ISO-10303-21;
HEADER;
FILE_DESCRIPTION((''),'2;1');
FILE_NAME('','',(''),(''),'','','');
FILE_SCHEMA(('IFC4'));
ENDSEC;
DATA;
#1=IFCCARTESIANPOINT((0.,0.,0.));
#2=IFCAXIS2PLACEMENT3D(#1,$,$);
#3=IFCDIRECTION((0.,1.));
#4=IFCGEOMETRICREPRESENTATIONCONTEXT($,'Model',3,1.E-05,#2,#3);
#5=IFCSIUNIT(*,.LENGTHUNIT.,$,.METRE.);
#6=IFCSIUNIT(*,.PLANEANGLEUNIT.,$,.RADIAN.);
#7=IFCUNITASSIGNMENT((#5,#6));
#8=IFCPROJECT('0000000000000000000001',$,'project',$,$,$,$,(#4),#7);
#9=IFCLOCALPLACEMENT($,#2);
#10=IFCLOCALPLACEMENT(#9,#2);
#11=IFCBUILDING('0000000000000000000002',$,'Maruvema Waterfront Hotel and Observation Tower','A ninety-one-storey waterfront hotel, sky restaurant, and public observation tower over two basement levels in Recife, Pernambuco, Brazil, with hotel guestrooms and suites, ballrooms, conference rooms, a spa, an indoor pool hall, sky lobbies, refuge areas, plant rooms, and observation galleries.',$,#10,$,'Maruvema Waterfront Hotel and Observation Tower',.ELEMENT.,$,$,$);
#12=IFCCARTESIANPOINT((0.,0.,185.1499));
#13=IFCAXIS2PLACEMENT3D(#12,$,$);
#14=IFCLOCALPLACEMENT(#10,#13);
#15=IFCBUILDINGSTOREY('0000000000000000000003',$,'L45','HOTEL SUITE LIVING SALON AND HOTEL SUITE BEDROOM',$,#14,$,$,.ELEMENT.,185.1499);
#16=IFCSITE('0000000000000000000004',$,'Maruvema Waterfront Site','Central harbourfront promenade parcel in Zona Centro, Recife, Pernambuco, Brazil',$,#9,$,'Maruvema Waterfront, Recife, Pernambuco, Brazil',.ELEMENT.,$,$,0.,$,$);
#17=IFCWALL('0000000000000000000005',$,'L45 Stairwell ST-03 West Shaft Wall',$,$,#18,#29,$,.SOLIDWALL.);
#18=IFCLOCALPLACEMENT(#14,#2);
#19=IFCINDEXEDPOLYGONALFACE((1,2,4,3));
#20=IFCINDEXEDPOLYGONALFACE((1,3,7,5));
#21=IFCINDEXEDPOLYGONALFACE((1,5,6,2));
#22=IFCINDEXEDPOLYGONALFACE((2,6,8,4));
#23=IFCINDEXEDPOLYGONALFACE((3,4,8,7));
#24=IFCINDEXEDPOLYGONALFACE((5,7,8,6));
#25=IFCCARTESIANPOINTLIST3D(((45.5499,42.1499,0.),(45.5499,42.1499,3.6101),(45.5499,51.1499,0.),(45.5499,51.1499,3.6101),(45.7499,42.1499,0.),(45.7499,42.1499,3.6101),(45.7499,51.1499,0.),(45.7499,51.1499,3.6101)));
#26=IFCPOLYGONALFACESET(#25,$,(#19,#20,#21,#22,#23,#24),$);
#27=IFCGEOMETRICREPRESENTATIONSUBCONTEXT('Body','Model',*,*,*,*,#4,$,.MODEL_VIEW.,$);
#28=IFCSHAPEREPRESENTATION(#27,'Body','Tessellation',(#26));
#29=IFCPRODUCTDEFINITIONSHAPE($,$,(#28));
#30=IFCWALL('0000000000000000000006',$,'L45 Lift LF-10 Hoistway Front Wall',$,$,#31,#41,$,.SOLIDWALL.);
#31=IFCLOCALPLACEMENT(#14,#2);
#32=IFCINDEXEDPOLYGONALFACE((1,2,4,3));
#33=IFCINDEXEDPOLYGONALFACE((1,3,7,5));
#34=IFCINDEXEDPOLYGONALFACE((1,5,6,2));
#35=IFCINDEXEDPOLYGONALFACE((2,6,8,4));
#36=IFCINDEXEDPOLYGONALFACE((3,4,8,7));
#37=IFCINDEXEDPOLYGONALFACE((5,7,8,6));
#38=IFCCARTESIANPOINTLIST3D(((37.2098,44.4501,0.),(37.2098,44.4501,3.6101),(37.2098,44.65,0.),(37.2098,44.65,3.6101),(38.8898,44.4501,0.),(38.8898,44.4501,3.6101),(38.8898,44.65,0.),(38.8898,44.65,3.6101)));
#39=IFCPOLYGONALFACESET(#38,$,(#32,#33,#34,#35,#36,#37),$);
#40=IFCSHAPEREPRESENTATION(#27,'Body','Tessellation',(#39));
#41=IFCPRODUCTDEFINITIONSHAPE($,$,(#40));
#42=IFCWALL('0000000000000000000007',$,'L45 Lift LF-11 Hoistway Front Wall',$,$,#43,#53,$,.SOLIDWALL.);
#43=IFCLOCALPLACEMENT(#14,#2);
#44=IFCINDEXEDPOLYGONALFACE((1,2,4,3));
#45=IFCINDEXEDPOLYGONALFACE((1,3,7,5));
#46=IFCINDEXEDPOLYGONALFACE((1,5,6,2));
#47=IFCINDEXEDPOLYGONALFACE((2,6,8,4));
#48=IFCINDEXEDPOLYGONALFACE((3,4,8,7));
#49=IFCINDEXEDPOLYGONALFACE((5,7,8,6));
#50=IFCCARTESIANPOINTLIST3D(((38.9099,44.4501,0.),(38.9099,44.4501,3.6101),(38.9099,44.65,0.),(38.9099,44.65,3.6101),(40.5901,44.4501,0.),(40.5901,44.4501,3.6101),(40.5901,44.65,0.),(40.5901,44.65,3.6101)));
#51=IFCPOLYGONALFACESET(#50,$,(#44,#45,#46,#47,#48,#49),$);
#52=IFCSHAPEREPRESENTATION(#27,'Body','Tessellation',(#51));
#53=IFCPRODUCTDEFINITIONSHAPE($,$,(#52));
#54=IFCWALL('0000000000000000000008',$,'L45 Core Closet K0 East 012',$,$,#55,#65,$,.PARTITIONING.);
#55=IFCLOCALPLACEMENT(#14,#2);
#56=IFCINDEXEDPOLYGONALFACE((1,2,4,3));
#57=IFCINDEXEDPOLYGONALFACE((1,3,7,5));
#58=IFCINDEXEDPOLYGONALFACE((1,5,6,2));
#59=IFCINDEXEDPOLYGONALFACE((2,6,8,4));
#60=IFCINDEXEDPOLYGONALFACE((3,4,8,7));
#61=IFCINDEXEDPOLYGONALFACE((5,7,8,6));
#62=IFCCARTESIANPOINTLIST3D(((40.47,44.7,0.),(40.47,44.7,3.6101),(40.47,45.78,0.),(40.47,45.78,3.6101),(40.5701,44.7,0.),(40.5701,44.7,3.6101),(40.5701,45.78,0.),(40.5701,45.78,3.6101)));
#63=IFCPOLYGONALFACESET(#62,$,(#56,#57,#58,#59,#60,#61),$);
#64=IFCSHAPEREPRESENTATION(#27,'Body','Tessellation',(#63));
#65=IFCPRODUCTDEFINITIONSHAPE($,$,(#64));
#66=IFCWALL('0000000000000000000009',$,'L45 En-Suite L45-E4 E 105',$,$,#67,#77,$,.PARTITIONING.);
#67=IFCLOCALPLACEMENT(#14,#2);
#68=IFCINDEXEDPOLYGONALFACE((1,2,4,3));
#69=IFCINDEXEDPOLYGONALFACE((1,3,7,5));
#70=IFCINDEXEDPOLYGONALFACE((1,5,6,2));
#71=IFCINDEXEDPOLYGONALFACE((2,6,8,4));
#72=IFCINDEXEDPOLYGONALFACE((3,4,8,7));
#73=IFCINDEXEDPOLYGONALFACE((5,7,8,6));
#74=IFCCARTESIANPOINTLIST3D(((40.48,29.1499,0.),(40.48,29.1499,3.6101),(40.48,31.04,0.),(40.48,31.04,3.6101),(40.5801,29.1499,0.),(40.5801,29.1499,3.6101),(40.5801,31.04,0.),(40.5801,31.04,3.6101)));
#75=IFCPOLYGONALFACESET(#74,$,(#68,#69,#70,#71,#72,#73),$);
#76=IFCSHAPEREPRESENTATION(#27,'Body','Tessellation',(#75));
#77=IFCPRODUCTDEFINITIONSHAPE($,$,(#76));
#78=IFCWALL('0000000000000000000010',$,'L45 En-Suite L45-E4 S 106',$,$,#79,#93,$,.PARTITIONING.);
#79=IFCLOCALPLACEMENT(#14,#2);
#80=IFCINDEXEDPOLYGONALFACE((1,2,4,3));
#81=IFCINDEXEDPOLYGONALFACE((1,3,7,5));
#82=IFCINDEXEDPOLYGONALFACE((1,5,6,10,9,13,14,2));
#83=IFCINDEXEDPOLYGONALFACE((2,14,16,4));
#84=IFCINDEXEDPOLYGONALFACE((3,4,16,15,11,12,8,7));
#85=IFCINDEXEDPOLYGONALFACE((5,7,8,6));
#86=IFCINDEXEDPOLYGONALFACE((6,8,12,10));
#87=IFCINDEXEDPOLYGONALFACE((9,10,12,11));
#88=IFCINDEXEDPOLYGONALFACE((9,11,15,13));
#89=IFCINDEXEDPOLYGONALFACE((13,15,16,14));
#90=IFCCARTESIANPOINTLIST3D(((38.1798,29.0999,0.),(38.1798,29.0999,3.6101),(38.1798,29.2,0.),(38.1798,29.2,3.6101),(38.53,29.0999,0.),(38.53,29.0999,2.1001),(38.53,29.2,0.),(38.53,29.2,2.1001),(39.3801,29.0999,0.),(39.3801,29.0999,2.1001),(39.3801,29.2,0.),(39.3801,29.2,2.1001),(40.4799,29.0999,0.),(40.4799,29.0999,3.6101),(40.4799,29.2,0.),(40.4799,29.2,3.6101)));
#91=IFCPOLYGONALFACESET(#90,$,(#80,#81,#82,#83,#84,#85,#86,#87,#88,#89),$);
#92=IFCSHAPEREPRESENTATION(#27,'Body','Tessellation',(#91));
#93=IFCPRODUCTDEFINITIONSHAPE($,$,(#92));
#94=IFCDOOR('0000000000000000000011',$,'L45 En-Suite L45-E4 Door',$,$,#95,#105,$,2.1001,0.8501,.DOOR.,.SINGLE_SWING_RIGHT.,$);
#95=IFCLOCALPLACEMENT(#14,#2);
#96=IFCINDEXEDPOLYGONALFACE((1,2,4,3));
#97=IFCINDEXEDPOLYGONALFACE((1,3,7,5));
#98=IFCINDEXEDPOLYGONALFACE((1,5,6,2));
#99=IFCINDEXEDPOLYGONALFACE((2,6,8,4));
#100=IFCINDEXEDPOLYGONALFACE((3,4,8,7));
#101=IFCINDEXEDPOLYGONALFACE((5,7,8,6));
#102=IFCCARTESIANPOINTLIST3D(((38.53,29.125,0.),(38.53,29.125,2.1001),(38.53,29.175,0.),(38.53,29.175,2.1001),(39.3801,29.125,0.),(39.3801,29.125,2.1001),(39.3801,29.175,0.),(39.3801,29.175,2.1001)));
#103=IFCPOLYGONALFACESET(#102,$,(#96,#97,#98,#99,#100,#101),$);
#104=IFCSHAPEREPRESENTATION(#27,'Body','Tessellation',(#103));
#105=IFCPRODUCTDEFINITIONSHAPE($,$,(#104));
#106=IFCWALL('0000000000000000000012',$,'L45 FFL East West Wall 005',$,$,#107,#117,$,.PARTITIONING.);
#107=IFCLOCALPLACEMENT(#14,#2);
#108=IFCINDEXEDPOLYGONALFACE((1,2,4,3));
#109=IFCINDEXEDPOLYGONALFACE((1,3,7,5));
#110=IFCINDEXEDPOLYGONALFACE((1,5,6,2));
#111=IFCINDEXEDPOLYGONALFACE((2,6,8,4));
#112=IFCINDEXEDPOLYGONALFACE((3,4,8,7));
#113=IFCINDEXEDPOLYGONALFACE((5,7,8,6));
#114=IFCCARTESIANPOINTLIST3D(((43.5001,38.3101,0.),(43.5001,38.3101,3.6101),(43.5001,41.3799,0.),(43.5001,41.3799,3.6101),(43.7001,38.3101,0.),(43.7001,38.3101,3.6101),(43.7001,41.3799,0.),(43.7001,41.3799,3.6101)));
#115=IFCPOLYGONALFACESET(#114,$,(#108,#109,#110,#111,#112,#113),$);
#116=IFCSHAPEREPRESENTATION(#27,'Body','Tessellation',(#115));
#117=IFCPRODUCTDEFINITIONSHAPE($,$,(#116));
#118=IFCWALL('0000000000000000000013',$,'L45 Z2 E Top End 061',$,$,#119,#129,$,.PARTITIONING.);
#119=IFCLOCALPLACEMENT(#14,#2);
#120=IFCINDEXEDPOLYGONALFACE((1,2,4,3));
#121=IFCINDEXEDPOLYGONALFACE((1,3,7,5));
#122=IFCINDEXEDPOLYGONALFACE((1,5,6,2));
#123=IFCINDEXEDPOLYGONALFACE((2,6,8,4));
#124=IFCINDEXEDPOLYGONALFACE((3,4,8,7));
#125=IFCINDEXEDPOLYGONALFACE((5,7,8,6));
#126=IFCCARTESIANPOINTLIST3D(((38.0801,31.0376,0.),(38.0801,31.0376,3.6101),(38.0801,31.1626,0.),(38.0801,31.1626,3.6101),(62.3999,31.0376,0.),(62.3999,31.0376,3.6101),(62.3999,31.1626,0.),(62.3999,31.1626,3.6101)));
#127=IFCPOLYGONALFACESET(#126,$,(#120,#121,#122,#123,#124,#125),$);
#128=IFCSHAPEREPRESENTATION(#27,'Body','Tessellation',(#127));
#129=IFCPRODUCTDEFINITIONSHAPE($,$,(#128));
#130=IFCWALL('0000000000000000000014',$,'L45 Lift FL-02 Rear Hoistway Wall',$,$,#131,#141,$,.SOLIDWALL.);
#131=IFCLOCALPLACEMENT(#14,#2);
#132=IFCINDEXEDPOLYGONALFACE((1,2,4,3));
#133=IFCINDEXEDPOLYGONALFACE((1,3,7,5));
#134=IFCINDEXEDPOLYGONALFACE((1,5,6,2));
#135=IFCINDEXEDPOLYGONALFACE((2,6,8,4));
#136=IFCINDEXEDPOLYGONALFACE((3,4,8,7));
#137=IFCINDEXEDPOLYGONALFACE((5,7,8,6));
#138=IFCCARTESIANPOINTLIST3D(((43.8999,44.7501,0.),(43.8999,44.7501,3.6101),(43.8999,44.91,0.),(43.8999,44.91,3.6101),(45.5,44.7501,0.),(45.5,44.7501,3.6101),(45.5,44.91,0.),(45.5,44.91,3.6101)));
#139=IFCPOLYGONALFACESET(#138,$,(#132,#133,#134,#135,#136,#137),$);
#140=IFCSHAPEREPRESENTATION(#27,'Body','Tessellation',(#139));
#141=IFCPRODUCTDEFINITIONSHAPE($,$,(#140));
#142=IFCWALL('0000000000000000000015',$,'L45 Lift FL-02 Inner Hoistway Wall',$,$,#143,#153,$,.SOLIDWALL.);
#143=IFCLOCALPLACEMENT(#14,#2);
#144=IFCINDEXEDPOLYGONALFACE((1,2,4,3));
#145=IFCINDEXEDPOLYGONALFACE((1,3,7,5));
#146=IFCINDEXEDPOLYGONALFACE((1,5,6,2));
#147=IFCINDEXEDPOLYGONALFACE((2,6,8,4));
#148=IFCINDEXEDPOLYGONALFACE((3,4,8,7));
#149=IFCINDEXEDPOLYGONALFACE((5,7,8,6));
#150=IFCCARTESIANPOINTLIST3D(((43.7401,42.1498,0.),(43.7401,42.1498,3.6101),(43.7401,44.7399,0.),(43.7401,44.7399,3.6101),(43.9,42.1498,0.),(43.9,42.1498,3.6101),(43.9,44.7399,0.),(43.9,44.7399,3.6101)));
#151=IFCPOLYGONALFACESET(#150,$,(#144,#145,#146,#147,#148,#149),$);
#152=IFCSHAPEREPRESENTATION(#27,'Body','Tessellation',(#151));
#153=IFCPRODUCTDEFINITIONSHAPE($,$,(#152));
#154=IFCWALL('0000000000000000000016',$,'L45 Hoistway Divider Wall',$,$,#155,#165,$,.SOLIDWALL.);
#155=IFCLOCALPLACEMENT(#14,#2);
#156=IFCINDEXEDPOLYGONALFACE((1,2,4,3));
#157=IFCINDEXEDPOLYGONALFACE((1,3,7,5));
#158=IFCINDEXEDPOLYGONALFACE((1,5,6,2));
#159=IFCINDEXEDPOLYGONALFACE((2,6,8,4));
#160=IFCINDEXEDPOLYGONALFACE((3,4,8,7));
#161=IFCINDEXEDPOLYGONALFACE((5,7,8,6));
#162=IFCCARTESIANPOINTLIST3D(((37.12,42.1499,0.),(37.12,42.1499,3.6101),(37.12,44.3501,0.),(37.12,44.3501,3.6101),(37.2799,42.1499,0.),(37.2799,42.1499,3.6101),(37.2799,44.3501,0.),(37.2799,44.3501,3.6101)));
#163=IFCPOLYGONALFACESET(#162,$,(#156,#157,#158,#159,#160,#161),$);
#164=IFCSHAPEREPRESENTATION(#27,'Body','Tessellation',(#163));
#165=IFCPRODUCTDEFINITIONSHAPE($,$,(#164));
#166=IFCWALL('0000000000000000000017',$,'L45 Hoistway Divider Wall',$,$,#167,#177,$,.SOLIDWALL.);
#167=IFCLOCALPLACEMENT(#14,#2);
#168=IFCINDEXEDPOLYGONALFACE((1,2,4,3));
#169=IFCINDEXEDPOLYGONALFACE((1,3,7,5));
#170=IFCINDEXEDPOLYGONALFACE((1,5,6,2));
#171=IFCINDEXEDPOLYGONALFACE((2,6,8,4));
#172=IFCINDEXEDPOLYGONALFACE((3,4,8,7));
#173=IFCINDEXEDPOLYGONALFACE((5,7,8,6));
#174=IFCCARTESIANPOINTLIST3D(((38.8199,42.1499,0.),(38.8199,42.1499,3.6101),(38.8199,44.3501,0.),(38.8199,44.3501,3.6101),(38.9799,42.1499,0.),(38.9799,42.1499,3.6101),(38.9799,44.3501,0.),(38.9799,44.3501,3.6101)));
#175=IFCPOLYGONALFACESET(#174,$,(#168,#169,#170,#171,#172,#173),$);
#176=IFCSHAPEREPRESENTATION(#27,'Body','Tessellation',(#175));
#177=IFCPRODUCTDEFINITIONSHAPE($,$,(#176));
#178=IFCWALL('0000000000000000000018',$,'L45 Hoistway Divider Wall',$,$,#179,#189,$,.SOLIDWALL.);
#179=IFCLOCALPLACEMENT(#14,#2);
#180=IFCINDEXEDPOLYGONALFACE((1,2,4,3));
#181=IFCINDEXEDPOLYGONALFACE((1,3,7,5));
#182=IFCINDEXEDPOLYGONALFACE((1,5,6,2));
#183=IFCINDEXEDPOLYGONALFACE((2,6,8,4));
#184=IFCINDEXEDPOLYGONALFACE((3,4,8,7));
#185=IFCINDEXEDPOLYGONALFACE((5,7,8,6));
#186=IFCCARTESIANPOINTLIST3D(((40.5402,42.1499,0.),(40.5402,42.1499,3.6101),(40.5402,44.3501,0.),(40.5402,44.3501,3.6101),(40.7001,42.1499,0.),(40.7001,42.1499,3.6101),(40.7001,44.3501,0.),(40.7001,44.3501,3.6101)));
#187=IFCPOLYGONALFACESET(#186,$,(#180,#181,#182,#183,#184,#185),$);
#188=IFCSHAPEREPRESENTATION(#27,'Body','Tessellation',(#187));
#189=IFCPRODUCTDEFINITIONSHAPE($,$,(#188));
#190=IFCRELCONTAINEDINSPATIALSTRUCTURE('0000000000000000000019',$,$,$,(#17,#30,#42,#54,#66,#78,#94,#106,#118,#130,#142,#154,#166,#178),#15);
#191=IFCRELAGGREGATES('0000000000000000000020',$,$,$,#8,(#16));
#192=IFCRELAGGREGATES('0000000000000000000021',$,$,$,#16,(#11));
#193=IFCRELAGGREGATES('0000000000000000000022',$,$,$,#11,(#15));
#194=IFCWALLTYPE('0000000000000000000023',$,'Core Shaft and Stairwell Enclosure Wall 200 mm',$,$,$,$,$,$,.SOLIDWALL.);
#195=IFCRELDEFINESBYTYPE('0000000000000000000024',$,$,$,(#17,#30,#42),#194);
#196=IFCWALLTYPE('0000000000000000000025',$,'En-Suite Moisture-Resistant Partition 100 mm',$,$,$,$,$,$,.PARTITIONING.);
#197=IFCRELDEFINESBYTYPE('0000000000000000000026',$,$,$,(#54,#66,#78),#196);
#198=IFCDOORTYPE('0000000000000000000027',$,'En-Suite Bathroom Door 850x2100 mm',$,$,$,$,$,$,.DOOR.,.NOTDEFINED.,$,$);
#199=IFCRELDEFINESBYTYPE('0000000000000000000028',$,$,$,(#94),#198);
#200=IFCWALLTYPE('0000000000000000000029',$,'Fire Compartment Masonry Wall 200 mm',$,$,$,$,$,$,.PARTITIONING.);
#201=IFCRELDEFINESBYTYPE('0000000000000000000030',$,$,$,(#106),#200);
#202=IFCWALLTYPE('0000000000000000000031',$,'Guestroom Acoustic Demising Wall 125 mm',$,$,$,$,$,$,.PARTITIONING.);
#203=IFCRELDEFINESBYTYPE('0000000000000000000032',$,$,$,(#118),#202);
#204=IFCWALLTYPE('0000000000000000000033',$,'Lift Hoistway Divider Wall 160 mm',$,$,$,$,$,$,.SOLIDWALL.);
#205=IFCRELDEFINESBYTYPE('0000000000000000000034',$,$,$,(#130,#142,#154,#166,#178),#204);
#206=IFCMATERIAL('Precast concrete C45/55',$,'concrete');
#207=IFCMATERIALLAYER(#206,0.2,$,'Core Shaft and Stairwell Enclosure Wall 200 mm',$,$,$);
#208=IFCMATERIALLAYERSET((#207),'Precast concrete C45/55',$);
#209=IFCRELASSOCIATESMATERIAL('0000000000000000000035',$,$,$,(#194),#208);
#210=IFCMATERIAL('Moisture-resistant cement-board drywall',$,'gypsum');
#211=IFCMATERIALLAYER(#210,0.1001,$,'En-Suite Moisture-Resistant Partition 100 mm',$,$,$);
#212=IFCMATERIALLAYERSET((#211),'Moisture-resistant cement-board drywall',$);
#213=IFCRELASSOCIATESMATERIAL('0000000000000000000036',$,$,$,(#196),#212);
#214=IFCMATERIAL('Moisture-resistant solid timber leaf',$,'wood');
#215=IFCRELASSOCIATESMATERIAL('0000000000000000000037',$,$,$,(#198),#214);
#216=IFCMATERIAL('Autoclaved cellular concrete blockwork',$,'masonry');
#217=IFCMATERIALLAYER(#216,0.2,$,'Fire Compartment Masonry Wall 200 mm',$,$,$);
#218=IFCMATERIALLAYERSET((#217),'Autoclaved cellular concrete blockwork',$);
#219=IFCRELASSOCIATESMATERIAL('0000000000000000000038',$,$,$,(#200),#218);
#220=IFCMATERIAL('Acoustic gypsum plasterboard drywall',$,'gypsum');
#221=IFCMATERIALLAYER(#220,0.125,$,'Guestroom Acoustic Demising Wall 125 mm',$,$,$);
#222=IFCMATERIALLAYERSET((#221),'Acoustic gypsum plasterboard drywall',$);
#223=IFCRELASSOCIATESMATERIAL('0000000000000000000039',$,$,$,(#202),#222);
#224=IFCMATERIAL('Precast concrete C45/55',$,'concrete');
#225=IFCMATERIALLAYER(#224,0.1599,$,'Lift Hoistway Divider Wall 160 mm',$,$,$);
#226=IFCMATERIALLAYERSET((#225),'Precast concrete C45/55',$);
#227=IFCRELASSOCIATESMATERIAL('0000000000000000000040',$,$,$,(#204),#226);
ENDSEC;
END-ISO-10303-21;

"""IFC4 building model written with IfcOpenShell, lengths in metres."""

from ifc_helpers import new_model, si_unit, direction, frame, frame_2d, origin, place, context, subcontext, project, spatial, rectangle, extrude, material, layer, layer_set, type_object, element, fill, save


model = new_model("IFC4")

# Units and contexts
model_context = context("Model", 3, precision=1e-05, world=origin(), true_north=direction((0.0, 1.0)))
body_context = subcontext(model_context, "Body", "Model", "MODEL_VIEW")
ifc_project = project(units=[si_unit("LENGTHUNIT", "METRE"), si_unit("PLANEANGLEUNIT", "RADIAN")], contexts=[model_context])

# Site, building, storey
site_placement = place(None, origin())
site = spatial("IfcSite", under=ifc_project, at=site_placement, Name="Maruvema Waterfront Site", Description="Central harbourfront promenade parcel in Zona Centro, Recife, Pernambuco, Brazil", LongName="Maruvema Waterfront, Recife, Pernambuco, Brazil", CompositionType="ELEMENT", RefElevation=0.0)
building_placement = place(site_placement, origin())
building = spatial("IfcBuilding", under=site, at=building_placement, Name="Maruvema Waterfront Hotel and Observation Tower", Description="A ninety-one-storey waterfront hotel, sky restaurant, and public observation tower over two basement levels in Recife, Pernambuco, Brazil, with hotel guestrooms and suites, ballrooms, conference rooms, a spa, an indoor pool hall, sky lobbies, refuge areas, plant rooms, and observation galleries.", LongName="Maruvema Waterfront Hotel and Observation Tower", CompositionType="ELEMENT")
storey_placement = place(building_placement, frame((0.0, 0.0, 185.1499)))
storey = spatial("IfcBuildingStorey", under=building, at=storey_placement, Name="L45", Description="HOTEL SUITE LIVING SALON AND HOTEL SUITE BEDROOM", CompositionType="ELEMENT", Elevation=185.1499)

# Walls
ifc_material_1 = material(Name="Precast concrete C45/55", Category="concrete")
ifc_layer_1 = layer(ifc_material_1, 0.2, Name="Core Shaft and Stairwell Enclosure Wall 200 mm")
ifc_layer_set_1 = layer_set([ifc_layer_1], Name="Precast concrete C45/55")
wall_type_1 = type_object("IfcWallType", Name="Core Shaft and Stairwell Enclosure Wall 200 mm", PredefinedType="SOLIDWALL", material=ifc_layer_set_1)
wall_1_placement = place(storey_placement, frame((45.6499, 42.1499, 0.0), z_axis=(0.0, 0.0, 1.0), x_axis=(0.0, 1.0, 0.0)))
element("IfcWall", 1, at=wall_1_placement, inside=storey, type_object=wall_type_1, Name="L45 Stairwell ST-03 West Shaft Wall", PredefinedType="SOLIDWALL", context=body_context, shape_type="SweptSolid", body=[
    extrude(rectangle(XDim=9.0, YDim=0.2, at=frame_2d((4.5, 0.0))), origin(), (0.0, 0.0, 1.0), 3.6101),
])
wall_2_placement = place(storey_placement, frame((37.21, 44.55, 0.0), z_axis=(0.0, 0.0, 1.0), x_axis=(1.0, 0.0, 0.0)))
element("IfcWall", 2, at=wall_2_placement, inside=storey, type_object=wall_type_1, Name="L45 Lift LF-10 Hoistway Front Wall", PredefinedType="SOLIDWALL", context=body_context, shape_type="SweptSolid", body=[
    extrude(rectangle(XDim=1.6799, YDim=0.2, at=frame_2d((0.8398, 0.0))), origin(), (0.0, 0.0, 1.0), 3.6101),
])
wall_3_placement = place(storey_placement, frame((38.9099, 44.55, 0.0), z_axis=(0.0, 0.0, 1.0), x_axis=(1.0, 0.0, 0.0)))
element("IfcWall", 3, at=wall_3_placement, inside=storey, type_object=wall_type_1, Name="L45 Lift LF-11 Hoistway Front Wall", PredefinedType="SOLIDWALL", context=body_context, shape_type="SweptSolid", body=[
    extrude(rectangle(XDim=1.6802, YDim=0.2, at=frame_2d((0.8401, 0.0))), origin(), (0.0, 0.0, 1.0), 3.6101),
])

# Walls
ifc_material_2 = material(Name="Moisture-resistant cement-board drywall", Category="gypsum")
ifc_layer_2 = layer(ifc_material_2, 0.1001, Name="En-Suite Moisture-Resistant Partition 100 mm")
ifc_layer_set_2 = layer_set([ifc_layer_2], Name="Moisture-resistant cement-board drywall")
wall_type_2 = type_object("IfcWallType", Name="En-Suite Moisture-Resistant Partition 100 mm", PredefinedType="PARTITIONING", material=ifc_layer_set_2)
wall_4_placement = place(storey_placement, frame((40.52, 44.7, 0.0), z_axis=(0.0, 0.0, 1.0), x_axis=(0.0, 1.0, 0.0)))
element("IfcWall", 4, at=wall_4_placement, inside=storey, type_object=wall_type_2, Name="L45 Core Closet K0 East 012", PredefinedType="PARTITIONING", context=body_context, shape_type="SweptSolid", body=[
    extrude(rectangle(XDim=1.0801, YDim=0.1001, at=frame_2d((0.54, 0.0))), origin(), (0.0, 0.0, 1.0), 3.6101),
])
wall_5_placement = place(storey_placement, frame((40.53, 29.1499, 0.0), z_axis=(0.0, 0.0, 1.0), x_axis=(0.0, 1.0, 0.0)))
element("IfcWall", 5, at=wall_5_placement, inside=storey, type_object=wall_type_2, Name="L45 En-Suite L45-E4 E 105", PredefinedType="PARTITIONING", context=body_context, shape_type="SweptSolid", body=[
    extrude(rectangle(XDim=1.8901, YDim=0.1001, at=frame_2d((0.9451, 0.0))), origin(), (0.0, 0.0, 1.0), 3.6101),
])

# Wall, opening, door
wall_6_placement = place(storey_placement, frame((38.1799, 29.1499, 0.0), z_axis=(0.0, 0.0, 1.0), x_axis=(1.0, 0.0, 0.0)))
wall_6 = element("IfcWall", 6, at=wall_6_placement, inside=storey, type_object=wall_type_2, Name="L45 En-Suite L45-E4 S 106", PredefinedType="PARTITIONING", context=body_context, shape_type="SweptSolid", body=[
    extrude(rectangle(XDim=2.3, YDim=0.1001, at=frame_2d((1.1499, 0.0))), origin(), (0.0, 0.0, 1.0), 3.6101),
])
opening_1_placement = place(wall_6_placement, frame((0.3501, 0.0, 0.0)))
opening_1 = element("IfcOpeningElement", 7, at=opening_1_placement, cuts=wall_6, PredefinedType="OPENING", context=body_context, shape_type="SweptSolid", body=[
    extrude(rectangle(XDim=0.8501, YDim=2.1001, at=frame_2d((0.425, 1.05))), frame((0.0, 0.0601, 0.0), z_axis=(0.0, -1.0, 0.0), x_axis=(1.0, 0.0, 0.0)), (0.0, 0.0, 1.0), 0.1201),
])
ifc_material_3 = material(Name="Moisture-resistant solid timber leaf", Category="wood")
door_type_1 = type_object("IfcDoorType", Name="En-Suite Bathroom Door 850x2100 mm", OperationType="NOTDEFINED", PredefinedType="DOOR", material=ifc_material_3)
door_1_placement = place(opening_1_placement, frame((0.8501, 0.0, 0.0), z_axis=(0.0, 0.0, 1.0), x_axis=(-1.0, 0.0, 0.0)))
door_1 = element("IfcDoor", 8, at=door_1_placement, inside=storey, type_object=door_type_1, Name="L45 En-Suite L45-E4 Door", OperationType="SINGLE_SWING_RIGHT", OverallHeight=2.1001, OverallWidth=0.8501, PredefinedType="DOOR", context=body_context, shape_type="SweptSolid", body=[
    extrude(rectangle(XDim=0.8501, YDim=2.1001, at=frame_2d((0.425, 1.05))), frame((0.0, 0.0249, 0.0), z_axis=(0.0, -1.0, 0.0), x_axis=(1.0, 0.0, 0.0)), (0.0, 0.0, 1.0), 0.05),
])
fill(opening_1, door_1)
ifc_material_4 = material(Name="Autoclaved cellular concrete blockwork", Category="masonry")
ifc_layer_3 = layer(ifc_material_4, 0.2, Name="Fire Compartment Masonry Wall 200 mm")
ifc_layer_set_3 = layer_set([ifc_layer_3], Name="Autoclaved cellular concrete blockwork")
wall_type_3 = type_object("IfcWallType", Name="Fire Compartment Masonry Wall 200 mm", PredefinedType="PARTITIONING", material=ifc_layer_set_3)

# Walls
wall_7_placement = place(storey_placement, frame((43.6001, 38.3101, 0.0), z_axis=(0.0, 0.0, 1.0), x_axis=(0.0, 1.0, 0.0)))
element("IfcWall", 9, at=wall_7_placement, inside=storey, type_object=wall_type_3, Name="L45 FFL East West Wall 005", PredefinedType="PARTITIONING", context=body_context, shape_type="SweptSolid", body=[
    extrude(rectangle(XDim=3.0698, YDim=0.2, at=frame_2d((1.5349, 0.0))), origin(), (0.0, 0.0, 1.0), 3.6101),
])
ifc_material_5 = material(Name="Acoustic gypsum plasterboard drywall", Category="gypsum")
ifc_layer_4 = layer(ifc_material_5, 0.125, Name="Guestroom Acoustic Demising Wall 125 mm")
ifc_layer_set_4 = layer_set([ifc_layer_4], Name="Acoustic gypsum plasterboard drywall")
wall_type_4 = type_object("IfcWallType", Name="Guestroom Acoustic Demising Wall 125 mm", PredefinedType="PARTITIONING", material=ifc_layer_set_4)
wall_8_placement = place(storey_placement, frame((38.0801, 31.1001, 0.0), z_axis=(0.0, 0.0, 1.0), x_axis=(1.0, 0.0, 0.0)))
element("IfcWall", 10, at=wall_8_placement, inside=storey, type_object=wall_type_4, Name="L45 Z2 E Top End 061", PredefinedType="PARTITIONING", context=body_context, shape_type="SweptSolid", body=[
    extrude(rectangle(XDim=24.3198, YDim=0.125, at=frame_2d((12.1599, 0.0))), origin(), (0.0, 0.0, 1.0), 3.6101),
])
ifc_material_6 = material(Name="Precast concrete C45/55", Category="concrete")
ifc_layer_5 = layer(ifc_material_6, 0.1599, Name="Lift Hoistway Divider Wall 160 mm")
ifc_layer_set_5 = layer_set([ifc_layer_5], Name="Precast concrete C45/55")
wall_type_5 = type_object("IfcWallType", Name="Lift Hoistway Divider Wall 160 mm", PredefinedType="SOLIDWALL", material=ifc_layer_set_5)
wall_9_placement = place(storey_placement, frame((43.8999, 44.8301, 0.0), z_axis=(0.0, 0.0, 1.0), x_axis=(1.0, 0.0, 0.0)))
element("IfcWall", 11, at=wall_9_placement, inside=storey, type_object=wall_type_5, Name="L45 Lift FL-02 Rear Hoistway Wall", PredefinedType="SOLIDWALL", context=body_context, shape_type="SweptSolid", body=[
    extrude(rectangle(XDim=1.6001, YDim=0.1599, at=frame_2d((0.8, 0.0))), origin(), (0.0, 0.0, 1.0), 3.6101),
])
wall_10_placement = place(storey_placement, frame((43.8201, 42.1499, 0.0), z_axis=(0.0, 0.0, 1.0), x_axis=(0.0, 1.0, 0.0)))
element("IfcWall", 12, at=wall_10_placement, inside=storey, type_object=wall_type_5, Name="L45 Lift FL-02 Inner Hoistway Wall", PredefinedType="SOLIDWALL", context=body_context, shape_type="SweptSolid", body=[
    extrude(rectangle(XDim=2.5901, YDim=0.1599, at=frame_2d((1.2949, 0.0))), origin(), (0.0, 0.0, 1.0), 3.6101),
])
for number, where, z_axis, x_axis, name in (
    (13, (37.2, 42.1499, 0.0), (0.0, 0.0, 1.0), (0.0, 1.0, 0.0), "L45 Hoistway Divider Wall"),
    (14, (38.8999, 42.1499, 0.0), (0.0, 0.0, 1.0), (0.0, 1.0, 0.0), "L45 Hoistway Divider Wall"),
    (15, (40.6201, 42.1499, 0.0), (0.0, 0.0, 1.0), (0.0, 1.0, 0.0), "L45 Hoistway Divider Wall"),
):
    element("IfcWall", number, at=place(storey_placement, frame(where, z_axis=z_axis, x_axis=x_axis)), inside=storey, type_object=wall_type_5, Name=name, PredefinedType="SOLIDWALL", context=body_context, shape_type="SweptSolid", body=[
        extrude(rectangle(XDim=2.2002, YDim=0.1599, at=frame_2d((1.1001, 0.0))), origin(), (0.0, 0.0, 1.0), 3.6101),
    ])

save(model, "model.ifc")
